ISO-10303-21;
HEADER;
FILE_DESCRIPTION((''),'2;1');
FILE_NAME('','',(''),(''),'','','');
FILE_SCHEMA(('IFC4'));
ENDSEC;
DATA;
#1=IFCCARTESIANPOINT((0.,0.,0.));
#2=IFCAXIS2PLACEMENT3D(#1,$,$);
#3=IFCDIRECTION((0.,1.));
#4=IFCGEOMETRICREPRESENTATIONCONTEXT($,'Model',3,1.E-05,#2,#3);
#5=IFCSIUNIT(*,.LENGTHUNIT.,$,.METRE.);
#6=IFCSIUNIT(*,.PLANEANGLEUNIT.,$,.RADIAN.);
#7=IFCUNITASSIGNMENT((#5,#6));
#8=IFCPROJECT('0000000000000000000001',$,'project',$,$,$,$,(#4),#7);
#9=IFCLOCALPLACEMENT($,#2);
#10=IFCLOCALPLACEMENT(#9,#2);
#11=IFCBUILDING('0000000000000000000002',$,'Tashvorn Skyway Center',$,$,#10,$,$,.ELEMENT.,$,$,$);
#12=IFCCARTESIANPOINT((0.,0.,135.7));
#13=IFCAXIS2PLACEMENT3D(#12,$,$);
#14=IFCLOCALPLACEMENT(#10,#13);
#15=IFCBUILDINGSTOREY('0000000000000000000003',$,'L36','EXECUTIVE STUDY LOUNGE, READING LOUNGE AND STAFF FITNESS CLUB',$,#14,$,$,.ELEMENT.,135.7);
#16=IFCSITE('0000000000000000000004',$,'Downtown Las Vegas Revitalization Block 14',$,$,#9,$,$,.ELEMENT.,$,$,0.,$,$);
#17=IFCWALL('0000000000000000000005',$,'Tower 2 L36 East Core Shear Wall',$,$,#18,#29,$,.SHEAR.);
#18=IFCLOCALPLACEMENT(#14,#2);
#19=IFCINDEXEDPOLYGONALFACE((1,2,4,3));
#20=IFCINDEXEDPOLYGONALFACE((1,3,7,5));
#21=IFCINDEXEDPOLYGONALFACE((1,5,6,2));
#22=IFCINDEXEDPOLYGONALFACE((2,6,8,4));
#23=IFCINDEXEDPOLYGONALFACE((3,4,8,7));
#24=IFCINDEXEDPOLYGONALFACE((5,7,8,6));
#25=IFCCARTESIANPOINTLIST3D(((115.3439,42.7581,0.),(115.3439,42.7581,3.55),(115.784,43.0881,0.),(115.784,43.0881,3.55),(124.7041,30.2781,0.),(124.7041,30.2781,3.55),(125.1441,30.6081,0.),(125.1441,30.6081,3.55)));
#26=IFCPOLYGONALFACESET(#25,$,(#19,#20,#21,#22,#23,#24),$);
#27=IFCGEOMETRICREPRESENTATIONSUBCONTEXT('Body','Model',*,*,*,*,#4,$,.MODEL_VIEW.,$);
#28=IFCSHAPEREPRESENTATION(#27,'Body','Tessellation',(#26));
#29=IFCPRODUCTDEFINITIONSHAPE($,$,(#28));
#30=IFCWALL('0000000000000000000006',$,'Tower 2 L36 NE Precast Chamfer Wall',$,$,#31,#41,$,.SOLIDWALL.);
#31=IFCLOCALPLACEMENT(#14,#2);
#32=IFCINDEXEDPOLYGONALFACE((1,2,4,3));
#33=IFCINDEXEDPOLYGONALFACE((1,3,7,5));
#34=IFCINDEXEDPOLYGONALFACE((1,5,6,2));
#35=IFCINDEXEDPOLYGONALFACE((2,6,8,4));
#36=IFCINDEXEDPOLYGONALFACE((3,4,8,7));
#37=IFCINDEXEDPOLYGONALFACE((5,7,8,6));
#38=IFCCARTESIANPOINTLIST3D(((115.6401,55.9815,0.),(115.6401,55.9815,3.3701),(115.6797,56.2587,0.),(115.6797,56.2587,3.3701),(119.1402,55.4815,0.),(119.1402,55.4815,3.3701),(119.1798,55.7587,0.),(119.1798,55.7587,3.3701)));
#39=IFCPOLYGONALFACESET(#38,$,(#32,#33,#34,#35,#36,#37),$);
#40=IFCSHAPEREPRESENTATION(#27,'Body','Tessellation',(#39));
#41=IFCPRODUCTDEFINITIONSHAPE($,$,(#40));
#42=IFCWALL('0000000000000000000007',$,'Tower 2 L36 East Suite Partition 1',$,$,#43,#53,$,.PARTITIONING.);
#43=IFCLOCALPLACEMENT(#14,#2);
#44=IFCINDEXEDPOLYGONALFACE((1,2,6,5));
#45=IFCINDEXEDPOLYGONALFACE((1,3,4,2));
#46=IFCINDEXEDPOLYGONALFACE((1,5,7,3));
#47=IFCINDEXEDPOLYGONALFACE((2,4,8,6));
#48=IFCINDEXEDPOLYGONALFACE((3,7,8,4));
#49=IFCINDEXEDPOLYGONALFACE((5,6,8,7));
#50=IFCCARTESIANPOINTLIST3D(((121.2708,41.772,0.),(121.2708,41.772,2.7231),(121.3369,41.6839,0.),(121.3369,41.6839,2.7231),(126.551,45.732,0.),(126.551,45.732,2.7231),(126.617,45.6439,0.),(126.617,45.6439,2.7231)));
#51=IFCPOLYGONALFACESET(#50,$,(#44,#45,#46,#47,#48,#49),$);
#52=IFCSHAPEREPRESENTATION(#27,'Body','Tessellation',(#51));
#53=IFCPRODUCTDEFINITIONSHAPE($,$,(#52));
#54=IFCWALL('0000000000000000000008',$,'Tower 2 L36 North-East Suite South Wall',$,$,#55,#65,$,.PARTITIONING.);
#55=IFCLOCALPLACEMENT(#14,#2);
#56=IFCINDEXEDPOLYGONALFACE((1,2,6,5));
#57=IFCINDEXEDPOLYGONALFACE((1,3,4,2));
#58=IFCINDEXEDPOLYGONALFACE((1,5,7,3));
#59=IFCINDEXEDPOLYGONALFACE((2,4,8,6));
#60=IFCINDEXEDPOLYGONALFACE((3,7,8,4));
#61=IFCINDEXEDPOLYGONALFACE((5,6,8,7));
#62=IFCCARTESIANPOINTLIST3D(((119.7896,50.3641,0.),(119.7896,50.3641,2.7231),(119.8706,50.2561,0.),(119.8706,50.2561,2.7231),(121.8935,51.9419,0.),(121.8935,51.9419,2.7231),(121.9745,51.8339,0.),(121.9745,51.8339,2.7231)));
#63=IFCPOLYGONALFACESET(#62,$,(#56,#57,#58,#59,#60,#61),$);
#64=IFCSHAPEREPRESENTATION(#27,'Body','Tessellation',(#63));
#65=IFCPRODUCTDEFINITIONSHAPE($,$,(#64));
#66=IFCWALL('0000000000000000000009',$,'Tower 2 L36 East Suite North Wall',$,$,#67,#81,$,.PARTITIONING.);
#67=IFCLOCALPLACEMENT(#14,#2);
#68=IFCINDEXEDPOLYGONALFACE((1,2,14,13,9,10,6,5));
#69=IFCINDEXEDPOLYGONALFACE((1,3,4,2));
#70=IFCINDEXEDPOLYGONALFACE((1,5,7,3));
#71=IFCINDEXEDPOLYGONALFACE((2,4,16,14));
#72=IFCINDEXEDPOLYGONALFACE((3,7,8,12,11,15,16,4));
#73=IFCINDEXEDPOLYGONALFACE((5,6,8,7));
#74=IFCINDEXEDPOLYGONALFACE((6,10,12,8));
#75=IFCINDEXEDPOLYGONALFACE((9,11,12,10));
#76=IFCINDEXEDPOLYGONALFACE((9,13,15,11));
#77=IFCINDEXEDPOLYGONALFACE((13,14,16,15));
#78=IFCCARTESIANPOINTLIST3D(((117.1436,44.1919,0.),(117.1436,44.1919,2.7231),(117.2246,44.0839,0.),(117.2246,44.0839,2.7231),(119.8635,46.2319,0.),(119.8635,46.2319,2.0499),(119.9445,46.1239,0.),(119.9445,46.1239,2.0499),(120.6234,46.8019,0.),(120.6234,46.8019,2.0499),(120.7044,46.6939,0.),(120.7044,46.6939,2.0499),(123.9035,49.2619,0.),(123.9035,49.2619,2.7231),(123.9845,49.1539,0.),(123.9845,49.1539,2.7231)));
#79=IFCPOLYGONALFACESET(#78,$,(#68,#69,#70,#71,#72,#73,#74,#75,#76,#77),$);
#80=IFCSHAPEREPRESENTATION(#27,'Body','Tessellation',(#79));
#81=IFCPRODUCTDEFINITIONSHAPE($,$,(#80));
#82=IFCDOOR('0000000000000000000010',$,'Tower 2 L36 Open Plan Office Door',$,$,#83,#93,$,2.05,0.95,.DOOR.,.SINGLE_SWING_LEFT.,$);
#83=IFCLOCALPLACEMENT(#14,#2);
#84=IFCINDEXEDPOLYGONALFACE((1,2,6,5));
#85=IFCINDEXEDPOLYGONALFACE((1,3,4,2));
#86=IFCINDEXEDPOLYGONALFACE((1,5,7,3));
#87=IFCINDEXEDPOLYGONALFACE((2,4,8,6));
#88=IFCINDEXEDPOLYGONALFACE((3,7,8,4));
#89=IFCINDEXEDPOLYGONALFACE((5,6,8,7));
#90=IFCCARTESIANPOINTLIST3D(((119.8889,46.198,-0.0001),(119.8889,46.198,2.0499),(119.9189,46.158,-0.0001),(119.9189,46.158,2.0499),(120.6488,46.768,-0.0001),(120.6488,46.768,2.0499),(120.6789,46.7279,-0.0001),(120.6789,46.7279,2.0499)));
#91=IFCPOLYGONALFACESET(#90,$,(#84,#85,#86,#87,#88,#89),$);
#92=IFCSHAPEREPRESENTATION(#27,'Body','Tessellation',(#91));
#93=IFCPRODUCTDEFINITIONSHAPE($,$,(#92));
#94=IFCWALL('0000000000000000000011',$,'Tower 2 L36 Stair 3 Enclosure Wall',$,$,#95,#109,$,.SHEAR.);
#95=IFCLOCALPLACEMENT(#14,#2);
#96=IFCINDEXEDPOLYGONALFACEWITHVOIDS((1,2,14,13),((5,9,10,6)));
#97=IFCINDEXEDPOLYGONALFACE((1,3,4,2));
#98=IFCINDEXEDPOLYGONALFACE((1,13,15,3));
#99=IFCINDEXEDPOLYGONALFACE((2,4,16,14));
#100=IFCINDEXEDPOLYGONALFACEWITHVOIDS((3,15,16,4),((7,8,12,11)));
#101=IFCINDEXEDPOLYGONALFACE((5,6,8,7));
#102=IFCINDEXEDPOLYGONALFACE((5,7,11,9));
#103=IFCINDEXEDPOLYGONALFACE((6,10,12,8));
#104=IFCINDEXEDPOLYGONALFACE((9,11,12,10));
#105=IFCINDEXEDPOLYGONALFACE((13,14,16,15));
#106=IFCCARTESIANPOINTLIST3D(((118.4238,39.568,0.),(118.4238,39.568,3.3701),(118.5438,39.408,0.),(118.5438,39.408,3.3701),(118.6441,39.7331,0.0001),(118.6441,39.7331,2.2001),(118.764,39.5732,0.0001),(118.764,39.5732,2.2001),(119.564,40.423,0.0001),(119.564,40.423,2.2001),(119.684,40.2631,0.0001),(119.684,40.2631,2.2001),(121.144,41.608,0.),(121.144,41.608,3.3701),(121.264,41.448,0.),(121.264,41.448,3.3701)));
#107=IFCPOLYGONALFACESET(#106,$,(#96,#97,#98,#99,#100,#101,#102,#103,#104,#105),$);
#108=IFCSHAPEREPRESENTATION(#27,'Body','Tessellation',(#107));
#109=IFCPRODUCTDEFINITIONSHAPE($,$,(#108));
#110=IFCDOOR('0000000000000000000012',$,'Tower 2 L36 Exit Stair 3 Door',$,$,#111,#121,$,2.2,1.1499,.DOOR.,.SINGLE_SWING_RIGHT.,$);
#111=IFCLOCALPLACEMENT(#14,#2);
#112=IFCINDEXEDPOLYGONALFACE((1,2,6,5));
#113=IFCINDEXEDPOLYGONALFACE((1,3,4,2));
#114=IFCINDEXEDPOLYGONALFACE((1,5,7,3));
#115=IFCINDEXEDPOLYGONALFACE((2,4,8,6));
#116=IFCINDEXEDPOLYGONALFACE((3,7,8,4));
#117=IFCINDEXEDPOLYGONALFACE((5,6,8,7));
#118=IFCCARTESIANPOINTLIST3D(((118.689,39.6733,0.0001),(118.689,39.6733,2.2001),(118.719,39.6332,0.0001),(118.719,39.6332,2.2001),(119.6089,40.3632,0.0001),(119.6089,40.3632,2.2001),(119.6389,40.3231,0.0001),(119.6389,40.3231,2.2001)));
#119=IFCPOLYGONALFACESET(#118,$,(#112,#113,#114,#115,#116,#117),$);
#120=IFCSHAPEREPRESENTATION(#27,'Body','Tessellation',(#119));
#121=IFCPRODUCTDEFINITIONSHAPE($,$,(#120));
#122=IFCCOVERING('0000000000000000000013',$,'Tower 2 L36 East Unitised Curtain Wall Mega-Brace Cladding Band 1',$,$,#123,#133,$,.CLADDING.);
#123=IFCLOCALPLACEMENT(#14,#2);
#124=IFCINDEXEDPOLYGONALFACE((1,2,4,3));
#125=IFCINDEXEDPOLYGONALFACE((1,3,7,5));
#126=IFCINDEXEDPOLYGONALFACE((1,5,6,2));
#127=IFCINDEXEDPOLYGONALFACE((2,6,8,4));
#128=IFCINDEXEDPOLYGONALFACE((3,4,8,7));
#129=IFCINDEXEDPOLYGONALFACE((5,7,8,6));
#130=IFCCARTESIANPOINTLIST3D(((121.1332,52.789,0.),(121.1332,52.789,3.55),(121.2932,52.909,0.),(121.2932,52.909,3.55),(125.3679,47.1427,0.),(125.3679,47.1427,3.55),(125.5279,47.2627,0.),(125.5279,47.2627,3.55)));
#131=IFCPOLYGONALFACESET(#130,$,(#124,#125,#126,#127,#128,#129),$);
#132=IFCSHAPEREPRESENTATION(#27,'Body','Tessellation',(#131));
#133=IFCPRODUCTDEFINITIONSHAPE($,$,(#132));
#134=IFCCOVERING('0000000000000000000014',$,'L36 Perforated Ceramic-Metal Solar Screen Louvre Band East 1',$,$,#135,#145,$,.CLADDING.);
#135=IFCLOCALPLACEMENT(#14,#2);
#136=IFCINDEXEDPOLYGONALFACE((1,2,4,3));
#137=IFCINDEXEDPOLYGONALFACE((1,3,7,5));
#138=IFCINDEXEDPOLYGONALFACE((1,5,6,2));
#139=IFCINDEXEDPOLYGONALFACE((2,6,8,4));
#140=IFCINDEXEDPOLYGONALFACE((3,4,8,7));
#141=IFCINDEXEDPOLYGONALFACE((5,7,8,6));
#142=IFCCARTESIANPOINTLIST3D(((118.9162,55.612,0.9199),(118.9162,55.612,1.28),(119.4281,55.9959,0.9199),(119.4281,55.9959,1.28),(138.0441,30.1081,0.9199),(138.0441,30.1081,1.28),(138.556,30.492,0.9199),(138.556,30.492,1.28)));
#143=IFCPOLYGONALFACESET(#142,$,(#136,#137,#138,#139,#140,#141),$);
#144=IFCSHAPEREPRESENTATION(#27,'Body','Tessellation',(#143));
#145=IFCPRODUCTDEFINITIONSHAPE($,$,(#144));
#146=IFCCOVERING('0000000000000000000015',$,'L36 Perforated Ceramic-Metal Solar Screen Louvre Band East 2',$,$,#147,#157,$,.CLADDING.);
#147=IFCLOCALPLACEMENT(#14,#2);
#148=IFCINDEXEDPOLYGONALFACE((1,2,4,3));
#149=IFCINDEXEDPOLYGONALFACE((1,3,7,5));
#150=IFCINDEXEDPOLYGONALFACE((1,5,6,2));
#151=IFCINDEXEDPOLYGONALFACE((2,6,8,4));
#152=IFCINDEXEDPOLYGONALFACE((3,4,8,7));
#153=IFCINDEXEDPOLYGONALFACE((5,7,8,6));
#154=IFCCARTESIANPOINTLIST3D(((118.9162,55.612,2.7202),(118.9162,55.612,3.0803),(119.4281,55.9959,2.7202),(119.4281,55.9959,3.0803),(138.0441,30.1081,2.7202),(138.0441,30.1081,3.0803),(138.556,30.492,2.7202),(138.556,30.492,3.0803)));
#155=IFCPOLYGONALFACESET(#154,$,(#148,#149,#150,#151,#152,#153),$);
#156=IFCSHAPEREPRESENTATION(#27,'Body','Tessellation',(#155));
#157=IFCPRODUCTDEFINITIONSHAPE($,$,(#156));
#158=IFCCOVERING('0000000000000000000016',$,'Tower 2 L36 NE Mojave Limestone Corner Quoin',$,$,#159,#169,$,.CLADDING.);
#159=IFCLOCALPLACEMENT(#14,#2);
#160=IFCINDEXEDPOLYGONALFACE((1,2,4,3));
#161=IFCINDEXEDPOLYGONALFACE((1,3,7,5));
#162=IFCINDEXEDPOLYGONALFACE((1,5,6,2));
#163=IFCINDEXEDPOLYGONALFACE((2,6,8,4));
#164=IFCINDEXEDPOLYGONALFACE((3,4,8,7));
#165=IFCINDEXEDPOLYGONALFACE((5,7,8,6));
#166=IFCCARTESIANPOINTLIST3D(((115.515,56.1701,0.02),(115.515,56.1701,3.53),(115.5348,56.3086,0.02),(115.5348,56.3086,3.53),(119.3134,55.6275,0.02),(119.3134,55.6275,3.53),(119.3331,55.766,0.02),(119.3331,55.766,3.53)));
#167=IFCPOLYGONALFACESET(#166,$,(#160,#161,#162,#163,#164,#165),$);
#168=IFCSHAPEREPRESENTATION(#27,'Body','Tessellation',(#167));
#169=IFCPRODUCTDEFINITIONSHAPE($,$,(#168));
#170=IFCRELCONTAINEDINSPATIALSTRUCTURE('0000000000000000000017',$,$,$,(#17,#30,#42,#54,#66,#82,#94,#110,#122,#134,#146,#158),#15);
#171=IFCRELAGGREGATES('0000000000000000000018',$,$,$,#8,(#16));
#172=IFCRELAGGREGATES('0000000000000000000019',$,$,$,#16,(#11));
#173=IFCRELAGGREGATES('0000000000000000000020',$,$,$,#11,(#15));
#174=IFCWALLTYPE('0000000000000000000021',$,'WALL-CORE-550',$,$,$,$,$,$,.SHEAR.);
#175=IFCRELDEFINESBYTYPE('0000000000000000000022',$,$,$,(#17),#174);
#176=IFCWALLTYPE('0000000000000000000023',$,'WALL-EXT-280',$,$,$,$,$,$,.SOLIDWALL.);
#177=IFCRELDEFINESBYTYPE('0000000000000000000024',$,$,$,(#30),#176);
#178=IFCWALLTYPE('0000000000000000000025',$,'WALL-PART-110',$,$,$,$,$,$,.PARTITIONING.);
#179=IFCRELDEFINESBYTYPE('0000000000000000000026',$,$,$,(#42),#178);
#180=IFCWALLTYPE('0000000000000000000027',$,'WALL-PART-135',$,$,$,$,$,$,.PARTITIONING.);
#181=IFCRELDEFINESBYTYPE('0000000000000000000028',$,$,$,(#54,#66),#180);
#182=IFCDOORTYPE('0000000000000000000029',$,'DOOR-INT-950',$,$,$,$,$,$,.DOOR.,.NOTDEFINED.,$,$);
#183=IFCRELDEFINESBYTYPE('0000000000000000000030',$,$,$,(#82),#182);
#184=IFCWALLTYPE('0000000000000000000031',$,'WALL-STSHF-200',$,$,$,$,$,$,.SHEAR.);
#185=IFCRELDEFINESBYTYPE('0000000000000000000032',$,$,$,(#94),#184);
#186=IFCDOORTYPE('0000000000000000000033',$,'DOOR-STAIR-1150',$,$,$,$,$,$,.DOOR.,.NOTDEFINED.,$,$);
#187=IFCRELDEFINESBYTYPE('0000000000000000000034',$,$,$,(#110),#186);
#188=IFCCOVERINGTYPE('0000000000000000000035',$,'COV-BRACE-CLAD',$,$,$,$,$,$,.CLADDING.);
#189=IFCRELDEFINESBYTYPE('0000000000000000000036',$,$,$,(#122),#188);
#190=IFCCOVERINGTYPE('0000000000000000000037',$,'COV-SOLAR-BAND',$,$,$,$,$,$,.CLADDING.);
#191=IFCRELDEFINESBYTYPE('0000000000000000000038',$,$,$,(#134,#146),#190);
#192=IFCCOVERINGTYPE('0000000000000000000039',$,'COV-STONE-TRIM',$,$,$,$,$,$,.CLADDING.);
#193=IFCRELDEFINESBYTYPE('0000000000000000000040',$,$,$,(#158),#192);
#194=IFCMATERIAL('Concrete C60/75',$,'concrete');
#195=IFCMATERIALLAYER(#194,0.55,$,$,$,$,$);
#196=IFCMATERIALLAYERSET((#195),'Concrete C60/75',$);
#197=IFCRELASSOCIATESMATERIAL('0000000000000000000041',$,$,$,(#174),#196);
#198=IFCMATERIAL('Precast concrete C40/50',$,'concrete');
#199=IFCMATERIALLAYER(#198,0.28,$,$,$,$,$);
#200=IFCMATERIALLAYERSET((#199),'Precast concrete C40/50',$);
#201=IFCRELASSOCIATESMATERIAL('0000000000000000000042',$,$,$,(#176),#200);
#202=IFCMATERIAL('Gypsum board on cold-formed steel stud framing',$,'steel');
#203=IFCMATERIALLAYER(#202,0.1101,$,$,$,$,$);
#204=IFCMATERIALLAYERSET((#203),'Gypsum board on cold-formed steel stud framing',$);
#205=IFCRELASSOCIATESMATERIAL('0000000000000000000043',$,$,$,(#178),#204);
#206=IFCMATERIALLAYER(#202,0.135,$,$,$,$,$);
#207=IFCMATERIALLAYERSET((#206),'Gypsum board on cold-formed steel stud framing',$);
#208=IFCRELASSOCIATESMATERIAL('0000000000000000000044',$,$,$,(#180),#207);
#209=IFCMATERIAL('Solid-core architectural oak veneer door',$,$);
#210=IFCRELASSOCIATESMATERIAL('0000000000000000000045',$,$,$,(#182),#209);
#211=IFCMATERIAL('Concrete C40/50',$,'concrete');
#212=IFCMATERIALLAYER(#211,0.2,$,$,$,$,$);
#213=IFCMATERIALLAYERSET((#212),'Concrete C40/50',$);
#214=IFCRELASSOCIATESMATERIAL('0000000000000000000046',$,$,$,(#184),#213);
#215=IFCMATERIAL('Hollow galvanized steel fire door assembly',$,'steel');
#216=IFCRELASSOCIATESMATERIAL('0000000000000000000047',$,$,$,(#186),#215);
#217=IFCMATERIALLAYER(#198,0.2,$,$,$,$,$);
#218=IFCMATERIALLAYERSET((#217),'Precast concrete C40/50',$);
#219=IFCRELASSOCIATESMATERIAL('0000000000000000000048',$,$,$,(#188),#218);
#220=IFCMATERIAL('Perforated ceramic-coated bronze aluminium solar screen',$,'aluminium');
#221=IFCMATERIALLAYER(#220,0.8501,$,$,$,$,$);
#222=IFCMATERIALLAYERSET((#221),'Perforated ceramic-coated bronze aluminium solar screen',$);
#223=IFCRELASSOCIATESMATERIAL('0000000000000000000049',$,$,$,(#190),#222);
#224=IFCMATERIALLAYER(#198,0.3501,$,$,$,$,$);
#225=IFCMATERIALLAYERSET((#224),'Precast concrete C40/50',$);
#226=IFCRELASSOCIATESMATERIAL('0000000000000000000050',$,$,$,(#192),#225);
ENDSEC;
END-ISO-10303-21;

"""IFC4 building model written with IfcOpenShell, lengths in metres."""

from ifc_helpers import new_model, si_unit, direction, frame, frame_2d, origin, origin_2d, place, context, subcontext, project, spatial, rectangle, extrude, material, layer, layer_set, type_object, element, fill, save


model = new_model("IFC4")

# Units and contexts
model_context = context("Model", 3, precision=1e-05, world=origin(), true_north=direction((0.0, 1.0)))
body_context = subcontext(model_context, "Body", "Model", "MODEL_VIEW")
ifc_project = project(units=[si_unit("LENGTHUNIT", "METRE"), si_unit("PLANEANGLEUNIT", "RADIAN")], contexts=[model_context])

# Site, building, storey
site_placement = place(None, origin())
site = spatial("IfcSite", under=ifc_project, at=site_placement, Name="Downtown Las Vegas Revitalization Block 14", CompositionType="ELEMENT", RefElevation=0.0)
building_placement = place(site_placement, origin())
building = spatial("IfcBuilding", under=site, at=building_placement, Name="Tashvorn Skyway Center", CompositionType="ELEMENT")
storey_placement = place(building_placement, frame((0.0, 0.0, 135.7)))
storey = spatial("IfcBuildingStorey", under=building, at=storey_placement, Name="L36", Description="EXECUTIVE STUDY LOUNGE, READING LOUNGE AND STAFF FITNESS CLUB", CompositionType="ELEMENT", Elevation=135.7)

# Walls
ifc_material_1 = material(Name="Concrete C60/75", Category="concrete")
ifc_layer_1 = layer(ifc_material_1, 0.55)
ifc_layer_set_1 = layer_set([ifc_layer_1], Name="Concrete C60/75")
wall_type_1 = type_object("IfcWallType", Name="WALL-CORE-550", PredefinedType="SHEAR", material=ifc_layer_set_1)
wall_1_placement = place(storey_placement, frame((115.564, 42.9231, 0.0), z_axis=(0.0, 0.0, 1.0), x_axis=(0.600005, -0.799996, 0.0)))
element("IfcWall", 1, at=wall_1_placement, inside=storey, type_object=wall_type_1, Name="Tower 2 L36 East Core Shear Wall", PredefinedType="SHEAR", context=body_context, shape_type="SweptSolid", body=[
    extrude(rectangle(XDim=15.6001, YDim=0.55, at=frame_2d((7.8, 0.0))), origin(), (0.0, 0.0, 1.0), 3.55),
])
ifc_material_2 = material(Name="Precast concrete C40/50", Category="concrete")
ifc_layer_2 = layer(ifc_material_2, 0.28)
ifc_layer_set_2 = layer_set([ifc_layer_2], Name="Precast concrete C40/50")
wall_type_2 = type_object("IfcWallType", Name="WALL-EXT-280", PredefinedType="SOLIDWALL", material=ifc_layer_set_2)
wall_2_placement = place(storey_placement, frame((115.6599, 56.1201, 0.0), z_axis=(0.0, 0.0, 1.0), x_axis=(0.989949, -0.141421, 0.0)))
element("IfcWall", 2, at=wall_2_placement, inside=storey, type_object=wall_type_2, Name="Tower 2 L36 NE Precast Chamfer Wall", PredefinedType="SOLIDWALL", context=body_context, shape_type="SweptSolid", body=[
    extrude(rectangle(XDim=3.5356, YDim=0.28, at=frame_2d((1.7678, 0.0))), origin(), (0.0, 0.0, 1.0), 3.3701),
])
ifc_material_3 = material(Name="Gypsum board on cold-formed steel stud framing", Category="steel")
ifc_layer_3 = layer(ifc_material_3, 0.1101)
ifc_layer_set_3 = layer_set([ifc_layer_3], Name="Gypsum board on cold-formed steel stud framing")
wall_type_3 = type_object("IfcWallType", Name="WALL-PART-110", PredefinedType="PARTITIONING", material=ifc_layer_set_3)
wall_3_placement = place(storey_placement, frame((126.584, 45.688, 0.0), z_axis=(0.0, 0.0, 1.0), x_axis=(-0.800004, -0.599994, 0.0)))
element("IfcWall", 3, at=wall_3_placement, inside=storey, type_object=wall_type_3, Name="Tower 2 L36 East Suite Partition 1", PredefinedType="PARTITIONING", context=body_context, shape_type="SweptSolid", body=[
    extrude(rectangle(XDim=6.6001, YDim=0.1101, at=frame_2d((3.3, 0.0))), origin(), (0.0, 0.0, 1.0), 2.7231),
])
ifc_layer_4 = layer(ifc_material_3, 0.135)
ifc_layer_set_4 = layer_set([ifc_layer_4], Name="Gypsum board on cold-formed steel stud framing")
wall_type_4 = type_object("IfcWallType", Name="WALL-PART-135", PredefinedType="PARTITIONING", material=ifc_layer_set_4)
wall_4_placement = place(storey_placement, frame((119.8301, 50.3101, 0.0), z_axis=(0.0, 0.0, 1.0), x_axis=(0.800022, 0.59997, 0.0)))
element("IfcWall", 4, at=wall_4_placement, inside=storey, type_object=wall_type_4, Name="Tower 2 L36 North-East Suite South Wall", PredefinedType="PARTITIONING", context=body_context, shape_type="SweptSolid", body=[
    extrude(rectangle(XDim=2.6299, YDim=0.135, at=frame_2d((1.3149, 0.0))), origin(), (0.0, 0.0, 1.0), 2.7231),
])

# Walls, openings, doors
wall_5_placement = place(storey_placement, frame((123.9441, 49.208, 0.0), z_axis=(0.0, 0.0, 1.0), x_axis=(-0.799997, -0.600005, 0.0)))
wall_5 = element("IfcWall", 5, at=wall_5_placement, inside=storey, type_object=wall_type_4, Name="Tower 2 L36 East Suite North Wall", PredefinedType="PARTITIONING", context=body_context, shape_type="SweptSolid", body=[
    extrude(rectangle(XDim=8.45, YDim=0.135, at=frame_2d((4.2251, 0.0))), origin(), (0.0, 0.0, 1.0), 2.7231),
])
opening_1_placement = place(wall_5_placement, frame((4.1001, 0.0, 0.0)))
opening_1 = element("IfcOpeningElement", 6, at=opening_1_placement, cuts=wall_5, PredefinedType="OPENING", context=body_context, shape_type="SweptSolid", body=[
    extrude(rectangle(XDim=0.95, YDim=2.05, at=frame_2d((0.4751, 1.0249))), frame((0.0, 0.0774, 0.0), z_axis=(0.0, -1.0, 0.0), x_axis=(1.0, 0.0, 0.0)), (0.0, 0.0, 1.0), 0.155),
])
ifc_material_4 = material(Name="Solid-core architectural oak veneer door")
door_type_1 = type_object("IfcDoorType", Name="DOOR-INT-950", OperationType="NOTDEFINED", PredefinedType="DOOR", material=ifc_material_4)
door_1_placement = place(opening_1_placement, origin())
door_1 = element("IfcDoor", 7, at=door_1_placement, inside=storey, type_object=door_type_1, Name="Tower 2 L36 Open Plan Office Door", OperationType="SINGLE_SWING_LEFT", OverallHeight=2.05, OverallWidth=0.95, PredefinedType="DOOR", context=body_context, shape_type="SweptSolid", body=[
    extrude(rectangle(XDim=0.95, YDim=2.05, at=frame_2d((0.4751, 1.0249))), frame((0.0, 0.0249, 0.0), z_axis=(0.0, -1.0, 0.0), x_axis=(1.0, 0.0, 0.0)), (0.0, 0.0, 1.0), 0.05),
])
fill(opening_1, door_1)
ifc_material_5 = material(Name="Concrete C40/50", Category="concrete")
ifc_layer_5 = layer(ifc_material_5, 0.2)
ifc_layer_set_5 = layer_set([ifc_layer_5], Name="Concrete C40/50")
wall_type_5 = type_object("IfcWallType", Name="WALL-STSHF-200", PredefinedType="SHEAR", material=ifc_layer_set_5)
wall_6_placement = place(storey_placement, frame((121.2041, 41.5281, 0.0), z_axis=(0.0, 0.0, 1.0), x_axis=(-0.800017, -0.599977, 0.0)))
wall_6 = element("IfcWall", 8, at=wall_6_placement, inside=storey, type_object=wall_type_5, Name="Tower 2 L36 Stair 3 Enclosure Wall", PredefinedType="SHEAR", context=body_context, shape_type="SweptSolid", body=[
    extrude(rectangle(XDim=3.4001, YDim=0.2, at=frame_2d((1.7002, 0.0))), origin(), (0.0, 0.0, 1.0), 3.3701),
])
opening_2_placement = place(wall_6_placement, frame((1.9751, 0.0, 0.0)))
opening_2 = element("IfcOpeningElement", 9, at=opening_2_placement, cuts=wall_6, PredefinedType="OPENING", context=body_context, shape_type="SweptSolid", body=[
    extrude(rectangle(XDim=1.1499, YDim=2.2, at=frame_2d((0.575, 1.1001))), frame((0.0, 0.1099, 0.0), z_axis=(0.0, -1.0, 0.0), x_axis=(1.0, 0.0, 0.0)), (0.0, 0.0, 1.0), 0.22),
])
ifc_material_6 = material(Name="Hollow galvanized steel fire door assembly", Category="steel")
door_type_2 = type_object("IfcDoorType", Name="DOOR-STAIR-1150", OperationType="NOTDEFINED", PredefinedType="DOOR", material=ifc_material_6)
door_2_placement = place(opening_2_placement, origin())
door_2 = element("IfcDoor", 10, at=door_2_placement, inside=storey, type_object=door_type_2, Name="Tower 2 L36 Exit Stair 3 Door", OperationType="SINGLE_SWING_RIGHT", OverallHeight=2.2, OverallWidth=1.1499, PredefinedType="DOOR", context=body_context, shape_type="SweptSolid", body=[
    extrude(rectangle(XDim=1.1499, YDim=2.2, at=frame_2d((0.575, 1.1001))), frame((0.0, 0.0249, 0.0), z_axis=(0.0, -1.0, 0.0), x_axis=(1.0, 0.0, 0.0)), (0.0, 0.0, 1.0), 0.05),
])
fill(opening_2, door_2)

# Coverings
ifc_layer_6 = layer(ifc_material_2, 0.2)
ifc_layer_set_6 = layer_set([ifc_layer_6], Name="Precast concrete C40/50")
covering_type_1 = type_object("IfcCoveringType", Name="COV-BRACE-CLAD", PredefinedType="CLADDING", material=ifc_layer_set_6)
covering_1_placement = place(storey_placement, frame((123.3306, 50.0259, 0.0), z_axis=(0.0, 0.0, 1.0), x_axis=(0.6, -0.8, 0.0)))
element("IfcCovering", 11, at=covering_1_placement, inside=storey, type_object=covering_type_1, Name="Tower 2 L36 East Unitised Curtain Wall Mega-Brace Cladding Band 1", PredefinedType="CLADDING", context=body_context, shape_type="SweptSolid", body=[
    extrude(rectangle(XDim=7.0579, YDim=0.2, at=origin_2d()), origin(), (0.0, 0.0, 1.0), 3.55),
])
ifc_material_7 = material(Name="Perforated ceramic-coated bronze aluminium solar screen", Category="aluminium")
ifc_layer_7 = layer(ifc_material_7, 0.8501)
ifc_layer_set_7 = layer_set([ifc_layer_7], Name="Perforated ceramic-coated bronze aluminium solar screen")
covering_type_2 = type_object("IfcCoveringType", Name="COV-SOLAR-BAND", PredefinedType="CLADDING", material=ifc_layer_set_7)
for number, where, z_axis, x_axis, name in (
    (12, (128.7361, 43.052, 0.9199), (0.0, 0.0, 1.0), (0.6, -0.8, 0.0), "L36 Perforated Ceramic-Metal Solar Screen Louvre Band East 1"),
    (13, (128.7361, 43.052, 2.7202), (0.0, 0.0, 1.0), (0.6, -0.8, 0.0), "L36 Perforated Ceramic-Metal Solar Screen Louvre Band East 2"),
):
    element("IfcCovering", number, at=place(storey_placement, frame(where, z_axis=z_axis, x_axis=x_axis)), inside=storey, type_object=covering_type_2, Name=name, PredefinedType="CLADDING", context=body_context, shape_type="SweptSolid", body=[
        extrude(rectangle(XDim=31.8799, YDim=0.6399, at=origin_2d()), origin(), (0.0, 0.0, 1.0), 0.3601),
    ])
ifc_layer_8 = layer(ifc_material_2, 0.3501)
ifc_layer_set_8 = layer_set([ifc_layer_8], Name="Precast concrete C40/50")
covering_type_3 = type_object("IfcCoveringType", Name="COV-STONE-TRIM", PredefinedType="CLADDING", material=ifc_layer_set_8)
covering_2_placement = place(storey_placement, frame((117.4241, 55.968, 0.02), z_axis=(0.0, 0.0, 1.0), x_axis=(0.989949, -0.141421, 0.0)))
element("IfcCovering", 14, at=covering_2_placement, inside=storey, type_object=covering_type_3, Name="Tower 2 L36 NE Mojave Limestone Corner Quoin", PredefinedType="CLADDING", context=body_context, shape_type="SweptSolid", body=[
    extrude(rectangle(XDim=3.8369, YDim=0.1399, at=origin_2d()), origin(), (0.0, 0.0, 1.0), 3.51),
])

save(model, "model.ifc")
